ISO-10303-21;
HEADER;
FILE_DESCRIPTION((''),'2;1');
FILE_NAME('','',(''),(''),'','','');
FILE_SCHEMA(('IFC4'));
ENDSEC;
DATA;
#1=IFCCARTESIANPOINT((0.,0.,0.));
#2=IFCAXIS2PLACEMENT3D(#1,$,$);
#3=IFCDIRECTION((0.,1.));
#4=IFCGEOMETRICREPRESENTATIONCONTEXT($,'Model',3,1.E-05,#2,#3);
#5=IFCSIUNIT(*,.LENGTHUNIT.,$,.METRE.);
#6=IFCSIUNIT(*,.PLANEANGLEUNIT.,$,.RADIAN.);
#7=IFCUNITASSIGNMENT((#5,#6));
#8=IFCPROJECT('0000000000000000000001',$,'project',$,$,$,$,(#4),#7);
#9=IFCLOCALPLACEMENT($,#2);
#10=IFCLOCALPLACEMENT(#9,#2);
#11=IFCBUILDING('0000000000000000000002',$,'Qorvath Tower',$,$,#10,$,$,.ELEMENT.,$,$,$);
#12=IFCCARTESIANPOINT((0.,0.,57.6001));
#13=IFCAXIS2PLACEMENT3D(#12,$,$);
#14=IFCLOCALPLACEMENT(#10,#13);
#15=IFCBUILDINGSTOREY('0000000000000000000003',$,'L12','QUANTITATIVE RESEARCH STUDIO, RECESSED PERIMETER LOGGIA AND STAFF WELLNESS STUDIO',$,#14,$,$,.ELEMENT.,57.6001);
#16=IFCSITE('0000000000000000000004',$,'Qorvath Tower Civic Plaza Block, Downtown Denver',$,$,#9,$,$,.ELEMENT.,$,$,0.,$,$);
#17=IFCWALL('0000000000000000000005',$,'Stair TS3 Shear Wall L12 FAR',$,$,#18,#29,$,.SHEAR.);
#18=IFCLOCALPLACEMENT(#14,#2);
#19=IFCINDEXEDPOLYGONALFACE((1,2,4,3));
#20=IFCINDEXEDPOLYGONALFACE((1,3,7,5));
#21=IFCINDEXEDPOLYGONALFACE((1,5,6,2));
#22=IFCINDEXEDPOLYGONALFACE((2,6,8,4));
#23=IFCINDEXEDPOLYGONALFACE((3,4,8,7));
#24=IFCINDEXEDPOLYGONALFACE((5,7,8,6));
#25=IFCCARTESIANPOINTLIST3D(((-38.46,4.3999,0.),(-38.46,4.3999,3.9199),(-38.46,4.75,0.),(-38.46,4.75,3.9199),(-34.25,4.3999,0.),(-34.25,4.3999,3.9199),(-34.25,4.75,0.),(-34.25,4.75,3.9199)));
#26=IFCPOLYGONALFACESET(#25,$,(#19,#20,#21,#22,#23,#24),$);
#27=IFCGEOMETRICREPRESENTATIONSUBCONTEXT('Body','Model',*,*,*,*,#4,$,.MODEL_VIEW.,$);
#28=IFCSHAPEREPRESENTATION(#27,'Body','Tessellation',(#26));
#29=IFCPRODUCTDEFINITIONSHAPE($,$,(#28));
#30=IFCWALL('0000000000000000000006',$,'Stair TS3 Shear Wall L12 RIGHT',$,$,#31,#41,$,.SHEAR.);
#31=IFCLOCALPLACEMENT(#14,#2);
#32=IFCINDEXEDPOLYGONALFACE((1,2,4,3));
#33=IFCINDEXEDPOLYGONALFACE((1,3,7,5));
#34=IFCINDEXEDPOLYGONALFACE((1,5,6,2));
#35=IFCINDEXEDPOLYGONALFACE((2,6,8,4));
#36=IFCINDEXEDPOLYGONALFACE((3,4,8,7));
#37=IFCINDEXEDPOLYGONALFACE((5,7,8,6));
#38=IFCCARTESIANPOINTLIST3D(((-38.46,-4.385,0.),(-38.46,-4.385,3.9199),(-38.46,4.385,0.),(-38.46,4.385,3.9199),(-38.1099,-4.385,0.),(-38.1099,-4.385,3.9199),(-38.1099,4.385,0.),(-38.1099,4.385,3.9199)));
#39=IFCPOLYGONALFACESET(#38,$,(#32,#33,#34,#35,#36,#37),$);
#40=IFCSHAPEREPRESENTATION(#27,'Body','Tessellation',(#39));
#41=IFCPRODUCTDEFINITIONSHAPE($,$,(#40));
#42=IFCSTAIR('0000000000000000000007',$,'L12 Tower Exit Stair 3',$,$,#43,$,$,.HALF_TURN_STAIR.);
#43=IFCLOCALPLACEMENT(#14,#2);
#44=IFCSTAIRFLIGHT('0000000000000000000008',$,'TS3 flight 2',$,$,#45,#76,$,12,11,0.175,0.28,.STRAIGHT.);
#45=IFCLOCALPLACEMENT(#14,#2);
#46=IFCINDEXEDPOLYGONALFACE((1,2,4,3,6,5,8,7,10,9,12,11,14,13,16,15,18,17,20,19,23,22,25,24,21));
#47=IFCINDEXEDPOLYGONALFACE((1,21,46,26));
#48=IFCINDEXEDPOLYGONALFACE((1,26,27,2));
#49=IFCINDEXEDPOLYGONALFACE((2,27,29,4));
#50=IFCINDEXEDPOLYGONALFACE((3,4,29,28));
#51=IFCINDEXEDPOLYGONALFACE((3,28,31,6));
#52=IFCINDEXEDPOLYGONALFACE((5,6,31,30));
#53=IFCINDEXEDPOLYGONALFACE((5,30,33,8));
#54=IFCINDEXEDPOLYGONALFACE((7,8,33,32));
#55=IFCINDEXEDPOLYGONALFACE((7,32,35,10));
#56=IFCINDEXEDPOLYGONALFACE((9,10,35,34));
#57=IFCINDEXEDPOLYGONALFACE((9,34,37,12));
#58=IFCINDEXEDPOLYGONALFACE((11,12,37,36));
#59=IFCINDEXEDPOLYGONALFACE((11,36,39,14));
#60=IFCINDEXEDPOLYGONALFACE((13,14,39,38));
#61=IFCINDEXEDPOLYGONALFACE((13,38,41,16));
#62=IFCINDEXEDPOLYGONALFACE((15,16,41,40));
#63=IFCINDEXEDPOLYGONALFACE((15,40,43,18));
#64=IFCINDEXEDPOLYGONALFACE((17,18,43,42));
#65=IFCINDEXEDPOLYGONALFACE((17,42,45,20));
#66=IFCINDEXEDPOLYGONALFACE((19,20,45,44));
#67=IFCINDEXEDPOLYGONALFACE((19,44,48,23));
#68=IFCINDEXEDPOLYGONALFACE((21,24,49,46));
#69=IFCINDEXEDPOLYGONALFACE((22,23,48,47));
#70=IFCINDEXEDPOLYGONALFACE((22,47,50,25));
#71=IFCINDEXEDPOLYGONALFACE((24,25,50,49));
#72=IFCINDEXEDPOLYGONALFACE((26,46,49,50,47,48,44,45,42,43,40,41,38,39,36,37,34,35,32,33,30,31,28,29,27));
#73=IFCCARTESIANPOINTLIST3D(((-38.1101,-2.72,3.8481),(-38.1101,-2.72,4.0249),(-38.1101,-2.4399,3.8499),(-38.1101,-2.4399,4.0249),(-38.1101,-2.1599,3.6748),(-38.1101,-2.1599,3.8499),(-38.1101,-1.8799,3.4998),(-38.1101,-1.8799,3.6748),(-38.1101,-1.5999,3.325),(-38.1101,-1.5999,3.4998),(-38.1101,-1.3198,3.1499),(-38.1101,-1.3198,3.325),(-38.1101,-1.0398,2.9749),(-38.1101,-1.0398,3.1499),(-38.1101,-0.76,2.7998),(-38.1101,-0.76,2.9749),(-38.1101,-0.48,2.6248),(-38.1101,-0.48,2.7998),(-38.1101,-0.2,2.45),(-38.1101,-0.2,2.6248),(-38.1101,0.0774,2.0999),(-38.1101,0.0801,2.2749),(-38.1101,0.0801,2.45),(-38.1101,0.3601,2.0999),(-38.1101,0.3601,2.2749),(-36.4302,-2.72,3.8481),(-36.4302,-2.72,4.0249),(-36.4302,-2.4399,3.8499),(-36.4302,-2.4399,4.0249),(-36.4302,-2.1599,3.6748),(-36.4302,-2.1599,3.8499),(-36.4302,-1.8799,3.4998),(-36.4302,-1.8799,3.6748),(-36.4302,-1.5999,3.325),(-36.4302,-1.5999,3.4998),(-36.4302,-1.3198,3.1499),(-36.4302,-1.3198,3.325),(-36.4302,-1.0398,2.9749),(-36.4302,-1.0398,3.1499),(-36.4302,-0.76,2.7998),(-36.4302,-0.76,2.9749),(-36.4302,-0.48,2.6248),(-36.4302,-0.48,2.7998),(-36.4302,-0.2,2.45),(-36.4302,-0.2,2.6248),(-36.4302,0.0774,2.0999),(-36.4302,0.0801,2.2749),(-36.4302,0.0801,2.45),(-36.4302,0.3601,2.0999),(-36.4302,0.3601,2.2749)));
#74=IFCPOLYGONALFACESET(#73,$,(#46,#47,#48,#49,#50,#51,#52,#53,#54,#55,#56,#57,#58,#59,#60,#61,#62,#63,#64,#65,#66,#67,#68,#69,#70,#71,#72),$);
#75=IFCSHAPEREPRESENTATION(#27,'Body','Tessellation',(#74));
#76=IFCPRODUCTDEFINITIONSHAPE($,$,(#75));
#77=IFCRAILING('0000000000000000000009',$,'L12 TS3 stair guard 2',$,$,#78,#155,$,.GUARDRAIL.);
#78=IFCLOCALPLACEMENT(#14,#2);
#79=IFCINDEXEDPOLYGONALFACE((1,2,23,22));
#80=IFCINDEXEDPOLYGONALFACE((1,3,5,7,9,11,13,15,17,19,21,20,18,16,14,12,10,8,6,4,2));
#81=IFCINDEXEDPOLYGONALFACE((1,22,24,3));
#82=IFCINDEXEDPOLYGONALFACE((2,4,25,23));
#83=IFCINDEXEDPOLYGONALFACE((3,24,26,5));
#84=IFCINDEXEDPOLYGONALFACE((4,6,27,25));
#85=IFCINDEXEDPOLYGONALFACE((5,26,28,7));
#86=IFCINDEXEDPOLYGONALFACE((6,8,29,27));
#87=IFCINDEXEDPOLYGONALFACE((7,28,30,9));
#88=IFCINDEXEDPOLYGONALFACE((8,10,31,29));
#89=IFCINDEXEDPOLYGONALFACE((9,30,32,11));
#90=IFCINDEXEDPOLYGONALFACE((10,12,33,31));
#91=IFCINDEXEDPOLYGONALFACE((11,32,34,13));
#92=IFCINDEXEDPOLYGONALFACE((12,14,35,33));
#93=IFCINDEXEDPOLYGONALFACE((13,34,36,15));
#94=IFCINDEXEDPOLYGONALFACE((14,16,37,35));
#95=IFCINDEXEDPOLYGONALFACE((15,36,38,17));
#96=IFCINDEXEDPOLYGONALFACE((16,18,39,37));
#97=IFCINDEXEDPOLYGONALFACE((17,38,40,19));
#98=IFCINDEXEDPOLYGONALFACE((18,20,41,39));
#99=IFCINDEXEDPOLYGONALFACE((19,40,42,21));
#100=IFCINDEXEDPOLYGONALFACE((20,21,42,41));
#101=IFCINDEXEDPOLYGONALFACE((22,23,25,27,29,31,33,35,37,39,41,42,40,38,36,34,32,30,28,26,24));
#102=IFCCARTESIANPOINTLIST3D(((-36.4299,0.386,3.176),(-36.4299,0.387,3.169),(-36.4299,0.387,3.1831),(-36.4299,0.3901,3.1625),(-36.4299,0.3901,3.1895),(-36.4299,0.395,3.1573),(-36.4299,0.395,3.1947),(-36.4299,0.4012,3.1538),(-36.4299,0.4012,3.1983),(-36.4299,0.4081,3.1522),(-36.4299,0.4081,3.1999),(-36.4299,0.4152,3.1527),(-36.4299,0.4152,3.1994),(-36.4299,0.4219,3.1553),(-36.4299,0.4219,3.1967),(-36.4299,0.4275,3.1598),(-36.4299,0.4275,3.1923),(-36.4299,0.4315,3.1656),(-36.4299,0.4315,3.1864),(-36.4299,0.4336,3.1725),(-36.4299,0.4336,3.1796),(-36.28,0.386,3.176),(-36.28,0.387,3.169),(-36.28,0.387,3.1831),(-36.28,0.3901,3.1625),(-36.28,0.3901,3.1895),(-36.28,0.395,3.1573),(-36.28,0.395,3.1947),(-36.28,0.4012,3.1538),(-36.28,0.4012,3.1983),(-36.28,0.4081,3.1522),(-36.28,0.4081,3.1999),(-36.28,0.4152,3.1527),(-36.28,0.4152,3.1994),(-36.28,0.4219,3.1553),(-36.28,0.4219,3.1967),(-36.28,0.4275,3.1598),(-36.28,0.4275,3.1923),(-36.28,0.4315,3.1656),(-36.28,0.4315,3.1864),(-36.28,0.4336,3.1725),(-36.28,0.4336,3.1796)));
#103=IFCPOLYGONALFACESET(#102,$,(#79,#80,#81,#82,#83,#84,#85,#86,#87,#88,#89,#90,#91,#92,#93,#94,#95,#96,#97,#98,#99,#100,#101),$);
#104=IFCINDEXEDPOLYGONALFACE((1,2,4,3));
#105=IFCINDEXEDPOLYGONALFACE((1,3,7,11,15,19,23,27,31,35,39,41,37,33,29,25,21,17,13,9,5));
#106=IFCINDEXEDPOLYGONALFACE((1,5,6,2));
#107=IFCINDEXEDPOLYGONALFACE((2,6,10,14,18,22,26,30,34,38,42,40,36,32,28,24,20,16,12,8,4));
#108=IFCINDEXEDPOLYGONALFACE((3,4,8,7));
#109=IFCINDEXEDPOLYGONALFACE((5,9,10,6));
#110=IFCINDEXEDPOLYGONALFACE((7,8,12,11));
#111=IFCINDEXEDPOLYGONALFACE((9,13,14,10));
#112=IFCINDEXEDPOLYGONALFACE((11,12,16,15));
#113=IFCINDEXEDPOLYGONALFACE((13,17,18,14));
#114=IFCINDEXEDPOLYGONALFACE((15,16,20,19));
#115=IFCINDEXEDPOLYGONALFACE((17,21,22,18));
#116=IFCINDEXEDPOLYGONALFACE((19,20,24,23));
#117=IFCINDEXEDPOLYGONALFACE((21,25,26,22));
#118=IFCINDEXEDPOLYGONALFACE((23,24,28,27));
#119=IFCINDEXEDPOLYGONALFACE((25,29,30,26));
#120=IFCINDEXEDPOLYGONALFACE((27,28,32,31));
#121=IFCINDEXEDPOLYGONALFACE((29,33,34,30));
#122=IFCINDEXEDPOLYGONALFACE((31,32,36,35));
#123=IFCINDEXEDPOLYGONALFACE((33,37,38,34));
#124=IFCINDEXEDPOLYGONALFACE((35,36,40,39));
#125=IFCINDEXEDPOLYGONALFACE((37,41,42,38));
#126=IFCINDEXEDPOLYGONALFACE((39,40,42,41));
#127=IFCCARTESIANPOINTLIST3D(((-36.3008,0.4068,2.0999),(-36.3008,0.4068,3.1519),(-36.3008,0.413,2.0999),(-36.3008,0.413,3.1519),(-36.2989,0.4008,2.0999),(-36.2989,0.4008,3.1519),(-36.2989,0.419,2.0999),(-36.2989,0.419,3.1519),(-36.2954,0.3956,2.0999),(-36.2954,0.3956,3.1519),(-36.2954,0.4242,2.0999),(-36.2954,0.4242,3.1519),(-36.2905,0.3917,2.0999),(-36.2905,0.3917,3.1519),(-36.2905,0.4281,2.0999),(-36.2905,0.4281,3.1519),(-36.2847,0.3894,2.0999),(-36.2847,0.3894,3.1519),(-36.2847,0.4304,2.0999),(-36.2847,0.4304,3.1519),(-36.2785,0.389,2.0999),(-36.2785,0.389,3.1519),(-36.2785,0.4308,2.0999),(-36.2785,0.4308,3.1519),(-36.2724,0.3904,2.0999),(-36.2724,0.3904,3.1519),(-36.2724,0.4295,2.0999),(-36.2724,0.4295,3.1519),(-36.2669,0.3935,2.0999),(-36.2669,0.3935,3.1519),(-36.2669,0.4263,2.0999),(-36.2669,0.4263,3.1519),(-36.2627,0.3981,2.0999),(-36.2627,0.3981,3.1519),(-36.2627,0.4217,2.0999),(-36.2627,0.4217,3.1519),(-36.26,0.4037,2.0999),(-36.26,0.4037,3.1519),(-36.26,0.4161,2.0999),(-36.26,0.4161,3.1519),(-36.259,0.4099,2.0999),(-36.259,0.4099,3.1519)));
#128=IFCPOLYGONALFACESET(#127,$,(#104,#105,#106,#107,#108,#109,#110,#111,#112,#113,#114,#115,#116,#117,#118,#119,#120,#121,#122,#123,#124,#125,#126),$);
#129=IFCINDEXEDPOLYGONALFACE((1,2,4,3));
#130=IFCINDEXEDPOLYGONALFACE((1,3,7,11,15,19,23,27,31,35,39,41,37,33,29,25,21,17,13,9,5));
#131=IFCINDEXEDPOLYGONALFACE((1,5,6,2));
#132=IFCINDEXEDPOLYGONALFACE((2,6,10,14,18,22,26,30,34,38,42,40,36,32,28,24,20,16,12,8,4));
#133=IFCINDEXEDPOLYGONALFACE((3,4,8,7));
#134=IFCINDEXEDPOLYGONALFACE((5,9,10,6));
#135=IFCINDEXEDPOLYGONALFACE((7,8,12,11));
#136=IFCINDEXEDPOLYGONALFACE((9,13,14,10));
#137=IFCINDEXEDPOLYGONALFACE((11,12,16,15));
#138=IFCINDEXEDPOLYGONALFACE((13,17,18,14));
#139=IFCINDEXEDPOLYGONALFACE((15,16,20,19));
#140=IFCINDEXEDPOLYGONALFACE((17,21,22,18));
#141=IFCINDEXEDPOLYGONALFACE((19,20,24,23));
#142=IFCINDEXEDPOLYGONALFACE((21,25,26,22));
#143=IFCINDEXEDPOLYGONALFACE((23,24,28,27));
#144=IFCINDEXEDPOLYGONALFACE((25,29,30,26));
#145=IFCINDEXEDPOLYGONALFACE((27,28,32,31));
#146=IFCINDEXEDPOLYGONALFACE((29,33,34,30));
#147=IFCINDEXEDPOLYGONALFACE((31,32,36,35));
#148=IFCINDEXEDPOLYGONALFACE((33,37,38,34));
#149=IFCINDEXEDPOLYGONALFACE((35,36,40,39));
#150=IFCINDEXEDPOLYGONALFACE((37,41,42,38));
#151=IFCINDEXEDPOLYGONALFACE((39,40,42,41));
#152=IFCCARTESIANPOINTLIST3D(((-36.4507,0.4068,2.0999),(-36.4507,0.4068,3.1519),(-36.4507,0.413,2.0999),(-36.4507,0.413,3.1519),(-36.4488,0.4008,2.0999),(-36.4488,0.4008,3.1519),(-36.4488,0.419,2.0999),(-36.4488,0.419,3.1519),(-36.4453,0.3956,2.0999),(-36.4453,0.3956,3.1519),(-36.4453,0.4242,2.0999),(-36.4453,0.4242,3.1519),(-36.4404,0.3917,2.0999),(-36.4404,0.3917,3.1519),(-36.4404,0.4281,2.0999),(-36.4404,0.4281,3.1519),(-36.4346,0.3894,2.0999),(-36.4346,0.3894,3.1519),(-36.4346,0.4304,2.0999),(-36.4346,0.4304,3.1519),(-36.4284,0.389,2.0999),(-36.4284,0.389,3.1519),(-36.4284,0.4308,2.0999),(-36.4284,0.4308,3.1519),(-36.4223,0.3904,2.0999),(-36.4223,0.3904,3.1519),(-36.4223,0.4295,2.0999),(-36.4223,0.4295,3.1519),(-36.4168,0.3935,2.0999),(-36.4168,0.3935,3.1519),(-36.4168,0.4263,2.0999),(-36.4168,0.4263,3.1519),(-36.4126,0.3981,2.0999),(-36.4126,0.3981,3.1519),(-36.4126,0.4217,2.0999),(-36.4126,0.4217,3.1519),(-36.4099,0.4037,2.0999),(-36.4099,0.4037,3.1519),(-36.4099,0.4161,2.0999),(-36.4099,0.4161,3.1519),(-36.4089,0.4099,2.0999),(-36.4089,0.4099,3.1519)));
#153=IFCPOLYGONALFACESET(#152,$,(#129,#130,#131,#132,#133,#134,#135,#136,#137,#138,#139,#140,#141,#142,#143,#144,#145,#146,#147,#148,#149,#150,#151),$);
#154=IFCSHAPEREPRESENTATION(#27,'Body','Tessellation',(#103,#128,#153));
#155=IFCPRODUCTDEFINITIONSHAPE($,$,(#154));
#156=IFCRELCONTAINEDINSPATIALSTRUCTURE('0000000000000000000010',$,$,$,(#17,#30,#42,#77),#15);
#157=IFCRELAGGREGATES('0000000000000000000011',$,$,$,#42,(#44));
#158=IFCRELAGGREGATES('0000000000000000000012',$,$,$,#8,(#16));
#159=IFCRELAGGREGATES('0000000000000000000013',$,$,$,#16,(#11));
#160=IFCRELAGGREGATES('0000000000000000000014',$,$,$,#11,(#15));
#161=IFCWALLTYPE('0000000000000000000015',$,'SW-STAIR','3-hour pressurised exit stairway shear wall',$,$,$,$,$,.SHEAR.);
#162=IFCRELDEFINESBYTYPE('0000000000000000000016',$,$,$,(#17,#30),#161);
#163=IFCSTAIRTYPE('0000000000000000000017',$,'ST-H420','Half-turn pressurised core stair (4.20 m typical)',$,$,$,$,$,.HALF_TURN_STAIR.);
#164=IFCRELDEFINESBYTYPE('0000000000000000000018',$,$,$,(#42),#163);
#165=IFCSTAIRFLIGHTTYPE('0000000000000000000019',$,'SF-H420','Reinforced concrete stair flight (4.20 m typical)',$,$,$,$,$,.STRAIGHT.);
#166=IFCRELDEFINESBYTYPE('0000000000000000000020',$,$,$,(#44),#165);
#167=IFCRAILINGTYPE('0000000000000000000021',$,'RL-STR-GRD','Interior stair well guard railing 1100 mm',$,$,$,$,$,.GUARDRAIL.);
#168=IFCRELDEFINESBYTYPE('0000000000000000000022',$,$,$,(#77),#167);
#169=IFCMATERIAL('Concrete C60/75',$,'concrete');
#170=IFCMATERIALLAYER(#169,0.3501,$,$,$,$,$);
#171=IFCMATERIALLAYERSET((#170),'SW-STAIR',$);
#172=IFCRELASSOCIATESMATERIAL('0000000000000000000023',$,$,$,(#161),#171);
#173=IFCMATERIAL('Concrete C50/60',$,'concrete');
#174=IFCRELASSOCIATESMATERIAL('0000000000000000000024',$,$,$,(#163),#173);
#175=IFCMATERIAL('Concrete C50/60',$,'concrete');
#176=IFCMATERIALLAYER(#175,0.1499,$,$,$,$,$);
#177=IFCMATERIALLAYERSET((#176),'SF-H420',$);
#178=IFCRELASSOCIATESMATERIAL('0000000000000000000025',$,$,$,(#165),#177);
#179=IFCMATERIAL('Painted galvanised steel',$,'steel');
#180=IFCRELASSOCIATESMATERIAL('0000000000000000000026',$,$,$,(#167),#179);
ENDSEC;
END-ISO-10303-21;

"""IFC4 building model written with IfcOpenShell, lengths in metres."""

from ifc_helpers import new_model, si_unit, direction, frame, frame_2d, origin, origin_2d, place, context, subcontext, project, spatial, polyline, rectangle, circle, outline, extrude, material, layer, layer_set, type_object, element, aggregate, save


model = new_model("IFC4")

# Units and contexts
model_context = context("Model", 3, precision=1e-05, world=origin(), true_north=direction((0.0, 1.0)))
body_context = subcontext(model_context, "Body", "Model", "MODEL_VIEW")
ifc_project = project(units=[si_unit("LENGTHUNIT", "METRE"), si_unit("PLANEANGLEUNIT", "RADIAN")], contexts=[model_context])

# Site, building, storey
site_placement = place(None, origin())
site = spatial("IfcSite", under=ifc_project, at=site_placement, Name="Qorvath Tower Civic Plaza Block, Downtown Denver", CompositionType="ELEMENT", RefElevation=0.0)
building_placement = place(site_placement, origin())
building = spatial("IfcBuilding", under=site, at=building_placement, Name="Qorvath Tower", CompositionType="ELEMENT")
storey_placement = place(building_placement, frame((0.0, 0.0, 57.6001)))
storey = spatial("IfcBuildingStorey", under=building, at=storey_placement, Name="L12", Description="QUANTITATIVE RESEARCH STUDIO, RECESSED PERIMETER LOGGIA AND STAFF WELLNESS STUDIO", CompositionType="ELEMENT", Elevation=57.6001)

# Walls
ifc_material_1 = material(Name="Concrete C60/75", Category="concrete")
ifc_layer_1 = layer(ifc_material_1, 0.3501)
ifc_layer_set_1 = layer_set([ifc_layer_1], Name="SW-STAIR")
wall_type_1 = type_object("IfcWallType", Name="SW-STAIR", Description="3-hour pressurised exit stairway shear wall", PredefinedType="SHEAR", material=ifc_layer_set_1)
wall_1_placement = place(storey_placement, frame((-34.25, 4.575, 0.0), z_axis=(0.0, 0.0, 1.0), x_axis=(-1.0, 0.0, 0.0)))
element("IfcWall", 1, at=wall_1_placement, inside=storey, type_object=wall_type_1, Name="Stair TS3 Shear Wall L12 FAR", PredefinedType="SHEAR", context=body_context, shape_type="SweptSolid", body=[
    extrude(rectangle(XDim=4.21, YDim=0.3501, at=frame_2d((2.105, 0.0))), origin(), (0.0, 0.0, 1.0), 3.9199),
])
wall_2_placement = place(storey_placement, frame((-38.2849, 4.385, 0.0), z_axis=(0.0, 0.0, 1.0), x_axis=(0.0, -1.0, 0.0)))
element("IfcWall", 2, at=wall_2_placement, inside=storey, type_object=wall_type_1, Name="Stair TS3 Shear Wall L12 RIGHT", PredefinedType="SHEAR", context=body_context, shape_type="SweptSolid", body=[
    extrude(rectangle(XDim=8.77, YDim=0.3501, at=frame_2d((4.385, 0.0))), origin(), (0.0, 0.0, 1.0), 3.9199),
])

# Stair, stair flight
ifc_material_2 = material(Name="Concrete C50/60", Category="concrete")
stair_type = type_object("IfcStairType", Name="ST-H420", Description="Half-turn pressurised core stair (4.20 m typical)", PredefinedType="HALF_TURN_STAIR", material=ifc_material_2)
stair_placement = place(storey_placement, origin())
stair = element("IfcStair", 3, at=stair_placement, inside=storey, type_object=stair_type, Name="L12 Tower Exit Stair 3", PredefinedType="HALF_TURN_STAIR")
ifc_material_3 = material(Name="Concrete C50/60", Category="concrete")
ifc_layer_2 = layer(ifc_material_3, 0.1499)
ifc_layer_set_2 = layer_set([ifc_layer_2], Name="SF-H420")
stair_flight_type = type_object("IfcStairFlightType", Name="SF-H420", Description="Reinforced concrete stair flight (4.20 m typical)", PredefinedType="STRAIGHT", material=ifc_layer_set_2)
stair_flight_placement = place(storey_placement, frame((-37.27, 0.3601, 2.0999), z_axis=(0.0, 0.0, 1.0), x_axis=(0.0, -1.0, 0.0)))
stair_flight = element("IfcStairFlight", 4, at=stair_flight_placement, type_object=stair_flight_type, Name="TS3 flight 2", NumberOfRisers=12, NumberOfTreads=11, PredefinedType="STRAIGHT", RiserHeight=0.175, TreadLength=0.28, context=body_context, shape_type="SweptSolid", body=[
    extrude(outline(polyline([(0.0, 0.0), (0.0, 0.175), (0.28, 0.175), (0.28, 0.3501), (0.5601, 0.3501), (0.5601, 0.5249), (0.8401, 0.5249), (0.8401, 0.7), (1.1201, 0.7), (1.1201, 0.875), (1.3999, 0.875), (1.3999, 1.05), (1.6799, 1.05), (1.6799, 1.2251), (1.96, 1.2251), (1.96, 1.3999), (2.24, 1.3999), (2.24, 1.575), (2.52, 1.575), (2.52, 1.75), (2.8, 1.75), (2.8, 1.925), (3.0801, 1.925), (3.0801, 2.1001), (3.0801, 1.7483), (0.2827, 0.0), (0.0, 0.0)])), frame((0.0, 0.8398, 0.0), z_axis=(0.0, -1.0, 0.0), x_axis=(1.0, 0.0, 0.0)), (0.0, 0.0, 1.0), 1.6799),
])
aggregate(stair, [stair_flight])

# Railing
ifc_material_4 = material(Name="Painted galvanised steel", Category="steel")
railing_type = type_object("IfcRailingType", Name="RL-STR-GRD", Description="Interior stair well guard railing 1100 mm", PredefinedType="GUARDRAIL", material=ifc_material_4)
railing_1_placement = place(storey_placement, frame((-36.28, 0.4099, 2.0999)))
element("IfcRailing", 5, at=railing_1_placement, inside=storey, type_object=railing_type, Name="L12 TS3 stair guard 2", PredefinedType="GUARDRAIL", context=body_context, shape_type="SweptSolid", body=[
    extrude(circle(Radius=0.0239, at=origin_2d()), frame((0.0, 0.0, 1.0762), z_axis=(-1.0, 0.0, 0.0), x_axis=(0.0, -1.0, 0.0)), (0.0, 0.0, 1.0), 0.1499),
    extrude(circle(Radius=0.021, at=origin_2d()), origin(), (0.0, 0.0, 1.0), 1.052),
    extrude(circle(Radius=0.021, at=origin_2d()), frame((-0.1499, 0.0, 0.0)), (0.0, 0.0, 1.0), 1.052),
])

save(model, "model.ifc")
